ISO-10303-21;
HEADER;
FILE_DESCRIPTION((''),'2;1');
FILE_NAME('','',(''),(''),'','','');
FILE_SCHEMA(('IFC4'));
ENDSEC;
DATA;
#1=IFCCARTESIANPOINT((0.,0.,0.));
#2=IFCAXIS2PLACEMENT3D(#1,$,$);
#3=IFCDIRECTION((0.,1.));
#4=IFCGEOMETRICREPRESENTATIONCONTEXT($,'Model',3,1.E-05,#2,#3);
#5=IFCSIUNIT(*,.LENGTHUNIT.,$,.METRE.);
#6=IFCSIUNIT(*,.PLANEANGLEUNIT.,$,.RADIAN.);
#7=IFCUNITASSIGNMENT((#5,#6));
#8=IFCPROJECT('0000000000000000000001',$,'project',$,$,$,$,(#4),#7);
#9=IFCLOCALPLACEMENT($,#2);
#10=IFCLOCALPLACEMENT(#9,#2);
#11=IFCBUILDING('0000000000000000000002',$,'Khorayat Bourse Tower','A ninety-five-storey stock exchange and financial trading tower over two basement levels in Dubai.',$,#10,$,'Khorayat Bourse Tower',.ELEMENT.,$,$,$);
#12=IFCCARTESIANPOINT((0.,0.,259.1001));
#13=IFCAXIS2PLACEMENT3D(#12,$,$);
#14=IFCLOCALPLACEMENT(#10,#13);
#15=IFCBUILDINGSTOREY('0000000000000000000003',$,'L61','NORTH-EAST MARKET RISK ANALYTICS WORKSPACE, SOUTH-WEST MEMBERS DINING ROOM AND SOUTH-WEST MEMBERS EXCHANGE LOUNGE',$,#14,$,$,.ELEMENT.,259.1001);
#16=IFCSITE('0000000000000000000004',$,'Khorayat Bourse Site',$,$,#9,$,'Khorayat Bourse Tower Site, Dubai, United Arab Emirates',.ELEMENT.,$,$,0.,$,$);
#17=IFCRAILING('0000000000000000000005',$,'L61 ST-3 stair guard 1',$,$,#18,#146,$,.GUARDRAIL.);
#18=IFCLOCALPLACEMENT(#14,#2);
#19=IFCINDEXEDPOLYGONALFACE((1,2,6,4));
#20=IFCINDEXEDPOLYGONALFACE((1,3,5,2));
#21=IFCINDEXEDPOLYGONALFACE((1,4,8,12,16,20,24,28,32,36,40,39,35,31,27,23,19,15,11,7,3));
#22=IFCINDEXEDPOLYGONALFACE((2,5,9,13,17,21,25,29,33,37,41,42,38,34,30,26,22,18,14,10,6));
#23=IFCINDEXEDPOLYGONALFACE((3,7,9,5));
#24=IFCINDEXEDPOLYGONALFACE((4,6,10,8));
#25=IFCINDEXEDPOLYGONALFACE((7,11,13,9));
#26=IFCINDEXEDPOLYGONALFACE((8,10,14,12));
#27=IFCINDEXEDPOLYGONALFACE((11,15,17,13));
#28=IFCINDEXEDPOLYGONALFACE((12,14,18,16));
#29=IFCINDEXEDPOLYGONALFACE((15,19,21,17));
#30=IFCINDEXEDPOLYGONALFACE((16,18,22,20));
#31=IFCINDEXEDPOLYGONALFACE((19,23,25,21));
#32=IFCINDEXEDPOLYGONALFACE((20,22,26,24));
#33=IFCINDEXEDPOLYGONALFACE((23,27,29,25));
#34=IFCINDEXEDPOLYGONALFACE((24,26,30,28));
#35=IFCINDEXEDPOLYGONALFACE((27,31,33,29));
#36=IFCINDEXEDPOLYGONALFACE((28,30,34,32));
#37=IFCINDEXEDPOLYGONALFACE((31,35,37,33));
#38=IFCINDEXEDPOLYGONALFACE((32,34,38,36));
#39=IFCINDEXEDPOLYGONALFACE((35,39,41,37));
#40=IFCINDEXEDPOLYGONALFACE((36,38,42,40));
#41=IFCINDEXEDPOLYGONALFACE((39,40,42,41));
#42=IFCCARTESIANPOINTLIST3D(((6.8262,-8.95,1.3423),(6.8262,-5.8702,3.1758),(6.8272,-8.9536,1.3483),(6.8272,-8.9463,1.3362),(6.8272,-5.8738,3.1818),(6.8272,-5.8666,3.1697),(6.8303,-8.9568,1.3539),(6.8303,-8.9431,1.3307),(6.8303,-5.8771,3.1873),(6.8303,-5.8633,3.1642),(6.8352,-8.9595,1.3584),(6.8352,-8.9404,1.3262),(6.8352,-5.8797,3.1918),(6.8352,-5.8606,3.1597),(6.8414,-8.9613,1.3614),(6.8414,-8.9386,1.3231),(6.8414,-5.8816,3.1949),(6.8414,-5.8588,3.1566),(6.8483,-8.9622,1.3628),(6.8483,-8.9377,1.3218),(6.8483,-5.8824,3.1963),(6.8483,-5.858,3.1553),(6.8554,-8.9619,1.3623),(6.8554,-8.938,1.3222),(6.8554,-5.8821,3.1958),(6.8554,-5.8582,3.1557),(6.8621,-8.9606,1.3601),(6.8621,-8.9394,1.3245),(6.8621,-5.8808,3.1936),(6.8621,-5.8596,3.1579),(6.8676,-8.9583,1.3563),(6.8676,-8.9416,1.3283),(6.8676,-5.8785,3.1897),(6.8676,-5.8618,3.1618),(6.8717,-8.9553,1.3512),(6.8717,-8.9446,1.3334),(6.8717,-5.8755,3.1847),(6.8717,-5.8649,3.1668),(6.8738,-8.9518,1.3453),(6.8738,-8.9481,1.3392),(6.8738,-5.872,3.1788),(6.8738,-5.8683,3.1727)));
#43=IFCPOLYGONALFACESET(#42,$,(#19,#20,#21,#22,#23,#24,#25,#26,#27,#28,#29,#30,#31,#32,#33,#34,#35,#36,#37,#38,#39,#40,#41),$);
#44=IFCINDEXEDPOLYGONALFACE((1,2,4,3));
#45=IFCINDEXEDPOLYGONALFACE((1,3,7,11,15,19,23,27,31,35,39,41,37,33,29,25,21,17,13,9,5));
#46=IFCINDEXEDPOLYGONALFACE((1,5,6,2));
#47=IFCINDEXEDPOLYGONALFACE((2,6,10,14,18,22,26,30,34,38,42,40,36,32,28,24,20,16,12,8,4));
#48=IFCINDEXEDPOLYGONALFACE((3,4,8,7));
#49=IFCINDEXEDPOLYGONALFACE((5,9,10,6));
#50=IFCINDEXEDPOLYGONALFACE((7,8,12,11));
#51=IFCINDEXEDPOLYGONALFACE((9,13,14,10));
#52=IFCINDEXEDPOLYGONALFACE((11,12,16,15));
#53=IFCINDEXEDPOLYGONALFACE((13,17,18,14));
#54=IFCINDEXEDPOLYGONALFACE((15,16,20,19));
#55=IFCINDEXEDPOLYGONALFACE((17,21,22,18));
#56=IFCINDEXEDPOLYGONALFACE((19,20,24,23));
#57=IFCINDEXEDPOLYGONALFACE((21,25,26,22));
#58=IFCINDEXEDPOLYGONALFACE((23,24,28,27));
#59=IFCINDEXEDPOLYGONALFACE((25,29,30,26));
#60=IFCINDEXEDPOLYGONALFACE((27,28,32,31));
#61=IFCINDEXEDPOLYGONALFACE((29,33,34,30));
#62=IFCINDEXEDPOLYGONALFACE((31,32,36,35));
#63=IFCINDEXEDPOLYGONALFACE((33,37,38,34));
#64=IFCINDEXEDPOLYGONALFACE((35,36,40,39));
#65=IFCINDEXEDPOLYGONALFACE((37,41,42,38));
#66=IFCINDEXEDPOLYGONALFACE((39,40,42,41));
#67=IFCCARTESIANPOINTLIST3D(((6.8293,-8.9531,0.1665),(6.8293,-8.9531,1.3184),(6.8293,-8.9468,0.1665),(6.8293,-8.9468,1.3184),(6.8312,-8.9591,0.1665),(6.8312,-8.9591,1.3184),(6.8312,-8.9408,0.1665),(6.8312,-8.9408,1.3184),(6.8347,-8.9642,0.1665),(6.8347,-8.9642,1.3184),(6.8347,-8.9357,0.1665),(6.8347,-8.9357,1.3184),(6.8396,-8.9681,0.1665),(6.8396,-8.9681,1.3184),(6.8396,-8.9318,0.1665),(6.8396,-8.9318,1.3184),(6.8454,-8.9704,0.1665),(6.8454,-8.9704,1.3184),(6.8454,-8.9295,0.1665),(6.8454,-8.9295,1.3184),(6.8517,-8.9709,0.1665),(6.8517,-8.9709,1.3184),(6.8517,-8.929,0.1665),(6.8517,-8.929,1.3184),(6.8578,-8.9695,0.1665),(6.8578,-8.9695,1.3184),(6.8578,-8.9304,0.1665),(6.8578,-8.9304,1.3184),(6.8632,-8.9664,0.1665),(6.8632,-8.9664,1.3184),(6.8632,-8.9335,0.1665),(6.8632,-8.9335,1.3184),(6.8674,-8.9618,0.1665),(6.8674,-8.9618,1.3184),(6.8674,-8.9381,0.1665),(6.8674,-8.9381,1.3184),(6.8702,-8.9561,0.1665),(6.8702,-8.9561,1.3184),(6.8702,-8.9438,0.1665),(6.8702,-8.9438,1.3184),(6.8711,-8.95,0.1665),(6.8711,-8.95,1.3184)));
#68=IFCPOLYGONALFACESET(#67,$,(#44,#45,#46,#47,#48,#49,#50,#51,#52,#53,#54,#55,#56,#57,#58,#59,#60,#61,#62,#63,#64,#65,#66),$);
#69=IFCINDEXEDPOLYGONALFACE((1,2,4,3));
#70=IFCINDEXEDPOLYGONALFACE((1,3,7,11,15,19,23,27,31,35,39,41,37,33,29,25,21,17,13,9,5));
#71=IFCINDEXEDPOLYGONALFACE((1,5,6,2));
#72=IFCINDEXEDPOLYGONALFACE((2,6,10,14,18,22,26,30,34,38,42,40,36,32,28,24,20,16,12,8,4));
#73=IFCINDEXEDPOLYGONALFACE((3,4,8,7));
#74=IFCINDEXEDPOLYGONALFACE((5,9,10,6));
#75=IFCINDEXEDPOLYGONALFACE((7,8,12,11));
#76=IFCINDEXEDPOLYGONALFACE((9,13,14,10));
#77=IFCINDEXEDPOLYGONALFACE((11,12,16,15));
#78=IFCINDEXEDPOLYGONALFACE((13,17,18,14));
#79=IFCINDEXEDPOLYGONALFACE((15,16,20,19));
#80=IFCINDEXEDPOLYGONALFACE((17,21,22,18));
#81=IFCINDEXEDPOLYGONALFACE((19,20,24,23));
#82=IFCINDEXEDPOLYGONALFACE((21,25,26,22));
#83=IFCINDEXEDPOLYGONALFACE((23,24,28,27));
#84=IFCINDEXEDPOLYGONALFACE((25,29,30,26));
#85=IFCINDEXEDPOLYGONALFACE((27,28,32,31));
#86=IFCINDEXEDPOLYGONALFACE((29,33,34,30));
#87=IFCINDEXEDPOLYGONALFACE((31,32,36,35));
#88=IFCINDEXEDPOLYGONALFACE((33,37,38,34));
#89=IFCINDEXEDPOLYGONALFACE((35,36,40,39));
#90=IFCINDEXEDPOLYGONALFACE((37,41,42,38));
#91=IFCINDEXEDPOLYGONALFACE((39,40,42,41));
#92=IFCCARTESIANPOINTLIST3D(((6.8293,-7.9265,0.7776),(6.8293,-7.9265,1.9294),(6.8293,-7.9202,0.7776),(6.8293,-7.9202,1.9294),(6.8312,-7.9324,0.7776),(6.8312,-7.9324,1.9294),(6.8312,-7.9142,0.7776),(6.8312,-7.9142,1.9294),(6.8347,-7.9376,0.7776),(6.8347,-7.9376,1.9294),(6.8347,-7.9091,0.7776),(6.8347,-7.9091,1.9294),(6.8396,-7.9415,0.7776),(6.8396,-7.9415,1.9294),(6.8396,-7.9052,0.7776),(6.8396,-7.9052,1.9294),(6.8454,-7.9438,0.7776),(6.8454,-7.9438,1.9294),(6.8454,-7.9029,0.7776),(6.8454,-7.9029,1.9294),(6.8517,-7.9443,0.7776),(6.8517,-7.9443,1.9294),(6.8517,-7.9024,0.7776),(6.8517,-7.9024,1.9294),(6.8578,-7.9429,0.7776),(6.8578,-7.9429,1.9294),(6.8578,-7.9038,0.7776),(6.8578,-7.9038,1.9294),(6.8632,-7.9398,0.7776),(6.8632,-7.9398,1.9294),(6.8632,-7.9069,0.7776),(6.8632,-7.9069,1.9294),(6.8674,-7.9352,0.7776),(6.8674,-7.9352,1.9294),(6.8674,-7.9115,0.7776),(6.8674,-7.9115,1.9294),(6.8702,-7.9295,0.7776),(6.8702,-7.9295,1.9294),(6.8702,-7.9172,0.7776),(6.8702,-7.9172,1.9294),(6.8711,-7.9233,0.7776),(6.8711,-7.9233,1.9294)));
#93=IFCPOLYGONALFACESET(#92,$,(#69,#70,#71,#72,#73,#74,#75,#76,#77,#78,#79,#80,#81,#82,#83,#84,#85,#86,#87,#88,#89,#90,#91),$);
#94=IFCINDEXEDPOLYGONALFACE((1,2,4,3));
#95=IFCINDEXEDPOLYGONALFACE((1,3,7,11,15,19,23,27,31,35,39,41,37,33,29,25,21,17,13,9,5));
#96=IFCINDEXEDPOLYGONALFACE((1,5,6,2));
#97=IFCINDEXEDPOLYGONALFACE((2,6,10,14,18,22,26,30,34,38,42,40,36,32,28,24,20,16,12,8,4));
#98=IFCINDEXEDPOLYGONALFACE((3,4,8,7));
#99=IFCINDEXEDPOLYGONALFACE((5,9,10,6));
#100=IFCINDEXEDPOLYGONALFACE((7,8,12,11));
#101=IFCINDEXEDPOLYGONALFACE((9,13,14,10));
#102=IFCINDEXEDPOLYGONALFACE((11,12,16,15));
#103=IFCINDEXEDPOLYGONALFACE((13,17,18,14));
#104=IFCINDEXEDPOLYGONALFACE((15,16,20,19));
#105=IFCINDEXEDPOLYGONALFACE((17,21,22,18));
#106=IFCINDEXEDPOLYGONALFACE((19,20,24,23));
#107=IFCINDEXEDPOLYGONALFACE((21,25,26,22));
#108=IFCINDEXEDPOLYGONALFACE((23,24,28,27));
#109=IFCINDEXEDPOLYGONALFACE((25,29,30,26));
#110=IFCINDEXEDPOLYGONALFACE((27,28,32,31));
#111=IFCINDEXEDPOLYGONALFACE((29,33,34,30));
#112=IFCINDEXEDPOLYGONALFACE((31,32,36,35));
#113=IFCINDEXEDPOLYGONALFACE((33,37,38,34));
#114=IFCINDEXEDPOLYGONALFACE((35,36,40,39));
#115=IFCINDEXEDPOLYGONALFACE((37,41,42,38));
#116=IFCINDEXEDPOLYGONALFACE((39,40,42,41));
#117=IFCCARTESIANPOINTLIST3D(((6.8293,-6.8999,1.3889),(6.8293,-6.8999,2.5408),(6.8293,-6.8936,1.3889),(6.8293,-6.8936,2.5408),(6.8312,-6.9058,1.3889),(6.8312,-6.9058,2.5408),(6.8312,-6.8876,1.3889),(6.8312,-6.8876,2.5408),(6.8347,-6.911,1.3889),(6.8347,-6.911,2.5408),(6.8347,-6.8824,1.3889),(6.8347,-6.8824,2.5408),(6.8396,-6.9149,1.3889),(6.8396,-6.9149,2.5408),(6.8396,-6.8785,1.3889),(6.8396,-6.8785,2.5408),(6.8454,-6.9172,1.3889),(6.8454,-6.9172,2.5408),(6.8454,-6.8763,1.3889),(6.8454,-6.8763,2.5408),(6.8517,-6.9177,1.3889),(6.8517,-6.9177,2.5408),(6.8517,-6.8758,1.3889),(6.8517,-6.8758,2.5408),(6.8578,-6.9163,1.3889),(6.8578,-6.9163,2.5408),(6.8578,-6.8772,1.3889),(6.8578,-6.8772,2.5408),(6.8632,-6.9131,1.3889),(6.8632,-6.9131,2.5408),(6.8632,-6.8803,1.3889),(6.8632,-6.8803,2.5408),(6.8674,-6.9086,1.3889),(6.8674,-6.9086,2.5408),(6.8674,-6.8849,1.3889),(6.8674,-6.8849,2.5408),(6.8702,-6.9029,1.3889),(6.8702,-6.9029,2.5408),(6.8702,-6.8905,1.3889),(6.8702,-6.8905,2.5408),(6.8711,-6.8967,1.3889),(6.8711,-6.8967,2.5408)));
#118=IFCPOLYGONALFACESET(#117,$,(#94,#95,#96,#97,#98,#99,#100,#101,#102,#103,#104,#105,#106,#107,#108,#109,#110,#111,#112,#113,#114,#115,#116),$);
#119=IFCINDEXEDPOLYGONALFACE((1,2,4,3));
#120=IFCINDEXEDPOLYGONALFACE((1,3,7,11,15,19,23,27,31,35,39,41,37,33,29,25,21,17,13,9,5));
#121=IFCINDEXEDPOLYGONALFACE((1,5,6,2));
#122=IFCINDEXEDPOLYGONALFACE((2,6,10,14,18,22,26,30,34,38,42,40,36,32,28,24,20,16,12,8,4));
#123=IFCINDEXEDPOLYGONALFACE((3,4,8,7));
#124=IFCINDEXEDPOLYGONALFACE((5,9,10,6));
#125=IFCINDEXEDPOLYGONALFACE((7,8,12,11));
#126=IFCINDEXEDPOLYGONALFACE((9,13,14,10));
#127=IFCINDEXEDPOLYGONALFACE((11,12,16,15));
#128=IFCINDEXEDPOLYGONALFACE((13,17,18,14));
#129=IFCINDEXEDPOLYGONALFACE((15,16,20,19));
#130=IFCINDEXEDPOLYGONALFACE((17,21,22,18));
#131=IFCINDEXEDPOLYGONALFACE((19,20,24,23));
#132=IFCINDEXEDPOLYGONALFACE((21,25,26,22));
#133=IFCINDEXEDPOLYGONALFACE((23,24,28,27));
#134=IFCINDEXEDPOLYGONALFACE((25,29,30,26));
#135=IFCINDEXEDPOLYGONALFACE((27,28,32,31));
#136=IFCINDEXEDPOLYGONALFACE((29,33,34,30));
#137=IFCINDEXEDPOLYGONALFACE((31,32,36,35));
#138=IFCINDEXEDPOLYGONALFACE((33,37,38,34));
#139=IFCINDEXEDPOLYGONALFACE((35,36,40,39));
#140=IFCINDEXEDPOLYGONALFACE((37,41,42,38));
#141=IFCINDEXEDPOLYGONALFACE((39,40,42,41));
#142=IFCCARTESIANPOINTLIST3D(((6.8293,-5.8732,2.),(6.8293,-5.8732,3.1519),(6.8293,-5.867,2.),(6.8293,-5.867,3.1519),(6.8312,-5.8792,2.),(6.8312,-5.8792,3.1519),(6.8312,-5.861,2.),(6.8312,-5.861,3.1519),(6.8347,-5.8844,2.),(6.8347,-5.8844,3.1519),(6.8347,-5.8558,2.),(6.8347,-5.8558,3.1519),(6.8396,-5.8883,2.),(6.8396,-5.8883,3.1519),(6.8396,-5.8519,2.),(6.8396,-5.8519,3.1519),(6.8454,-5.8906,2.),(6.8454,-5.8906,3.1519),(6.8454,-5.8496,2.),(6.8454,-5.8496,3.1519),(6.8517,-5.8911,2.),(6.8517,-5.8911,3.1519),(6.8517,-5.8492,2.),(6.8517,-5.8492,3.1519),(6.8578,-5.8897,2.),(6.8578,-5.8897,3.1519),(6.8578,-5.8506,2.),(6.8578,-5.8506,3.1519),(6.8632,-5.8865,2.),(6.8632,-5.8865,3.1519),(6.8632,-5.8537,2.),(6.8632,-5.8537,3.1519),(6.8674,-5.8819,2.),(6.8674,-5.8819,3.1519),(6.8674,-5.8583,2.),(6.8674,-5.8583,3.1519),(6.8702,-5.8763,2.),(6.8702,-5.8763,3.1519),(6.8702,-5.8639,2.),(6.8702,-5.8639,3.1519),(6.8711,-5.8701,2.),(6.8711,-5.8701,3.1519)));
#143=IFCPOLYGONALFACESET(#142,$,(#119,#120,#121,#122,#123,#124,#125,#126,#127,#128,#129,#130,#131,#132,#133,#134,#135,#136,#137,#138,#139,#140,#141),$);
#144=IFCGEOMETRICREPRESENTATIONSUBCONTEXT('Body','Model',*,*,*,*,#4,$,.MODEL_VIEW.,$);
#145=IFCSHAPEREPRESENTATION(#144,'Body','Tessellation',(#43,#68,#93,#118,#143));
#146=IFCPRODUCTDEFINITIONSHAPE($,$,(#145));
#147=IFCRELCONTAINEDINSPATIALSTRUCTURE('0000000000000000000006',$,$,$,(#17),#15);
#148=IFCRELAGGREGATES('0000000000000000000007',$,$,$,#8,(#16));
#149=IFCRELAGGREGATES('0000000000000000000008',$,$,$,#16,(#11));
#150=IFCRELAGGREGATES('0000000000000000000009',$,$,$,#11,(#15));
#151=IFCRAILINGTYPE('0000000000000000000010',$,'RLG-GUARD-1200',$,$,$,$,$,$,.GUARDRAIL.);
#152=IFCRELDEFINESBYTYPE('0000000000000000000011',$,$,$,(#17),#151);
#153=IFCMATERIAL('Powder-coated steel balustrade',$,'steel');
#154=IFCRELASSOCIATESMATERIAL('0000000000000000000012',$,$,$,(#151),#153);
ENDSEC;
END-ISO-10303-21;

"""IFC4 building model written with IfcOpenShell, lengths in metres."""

from ifc_helpers import new_model, si_unit, direction, frame, origin, origin_2d, place, context, subcontext, project, spatial, circle, extrude, source, transform, mapped, material, type_object, element, save


model = new_model("IFC4")

# Units and contexts
model_context = context("Model", 3, precision=1e-05, world=origin(), true_north=direction((0.0, 1.0)))
body_context = subcontext(model_context, "Body", "Model", "MODEL_VIEW")
ifc_project = project(units=[si_unit("LENGTHUNIT", "METRE"), si_unit("PLANEANGLEUNIT", "RADIAN")], contexts=[model_context])

# Site, building, storey
site_placement = place(None, origin())
site = spatial("IfcSite", under=ifc_project, at=site_placement, Name="Khorayat Bourse Site", LongName="Khorayat Bourse Tower Site, Dubai, United Arab Emirates", CompositionType="ELEMENT", RefElevation=0.0)
building_placement = place(site_placement, origin())
building = spatial("IfcBuilding", under=site, at=building_placement, Name="Khorayat Bourse Tower", Description="A ninety-five-storey stock exchange and financial trading tower over two basement levels in Dubai.", LongName="Khorayat Bourse Tower", CompositionType="ELEMENT")
storey_placement = place(building_placement, frame((0.0, 0.0, 259.1001)))
storey = spatial("IfcBuildingStorey", under=building, at=storey_placement, Name="L61", Description="NORTH-EAST MARKET RISK ANALYTICS WORKSPACE, SOUTH-WEST MEMBERS DINING ROOM AND SOUTH-WEST MEMBERS EXCHANGE LOUNGE", CompositionType="ELEMENT", Elevation=259.1001)

# Railing
ifc_material_1 = material(Name="Powder-coated steel balustrade", Category="steel")
railing_type_1 = type_object("IfcRailingType", Name="RLG-GUARD-1200", PredefinedType="GUARDRAIL", material=ifc_material_1)
shared_shape_1 = source(origin(), body_context, "Body", "SweptSolid", [
    extrude(circle(Radius=0.0239, at=origin_2d()), frame((0.0, 0.0, 1.1758), z_axis=(0.0, 0.859261, 0.511538), x_axis=(-1.0, 0.0, 0.0)), (0.0, 0.0, 1.0), 3.5842),
    extrude(circle(Radius=0.021, at=origin_2d()), origin(), (0.0, 0.0, 1.0), 1.1519),
    extrude(circle(Radius=0.021, at=origin_2d()), frame((0.0, 1.0266, 0.6111)), (0.0, 0.0, 1.0), 1.1519),
    extrude(circle(Radius=0.021, at=origin_2d()), frame((0.0, 2.0532, 1.2224)), (0.0, 0.0, 1.0), 1.1519),
    extrude(circle(Radius=0.021, at=origin_2d()), frame((0.0, 3.0798, 1.8335)), (0.0, 0.0, 1.0), 1.1519),
])
railing_1_placement = place(storey_placement, frame((6.8501, -8.95, 0.1665)))
element("IfcRailing", 1, at=railing_1_placement, inside=storey, type_object=railing_type_1, Name="L61 ST-3 stair guard 1", PredefinedType="GUARDRAIL", context=body_context, shape_type="MappedRepresentation", body=[
    mapped(shared_shape_1, transform((0.0, 0.0, 0.0), scale=1.0)),
])

save(model, "model.ifc")
